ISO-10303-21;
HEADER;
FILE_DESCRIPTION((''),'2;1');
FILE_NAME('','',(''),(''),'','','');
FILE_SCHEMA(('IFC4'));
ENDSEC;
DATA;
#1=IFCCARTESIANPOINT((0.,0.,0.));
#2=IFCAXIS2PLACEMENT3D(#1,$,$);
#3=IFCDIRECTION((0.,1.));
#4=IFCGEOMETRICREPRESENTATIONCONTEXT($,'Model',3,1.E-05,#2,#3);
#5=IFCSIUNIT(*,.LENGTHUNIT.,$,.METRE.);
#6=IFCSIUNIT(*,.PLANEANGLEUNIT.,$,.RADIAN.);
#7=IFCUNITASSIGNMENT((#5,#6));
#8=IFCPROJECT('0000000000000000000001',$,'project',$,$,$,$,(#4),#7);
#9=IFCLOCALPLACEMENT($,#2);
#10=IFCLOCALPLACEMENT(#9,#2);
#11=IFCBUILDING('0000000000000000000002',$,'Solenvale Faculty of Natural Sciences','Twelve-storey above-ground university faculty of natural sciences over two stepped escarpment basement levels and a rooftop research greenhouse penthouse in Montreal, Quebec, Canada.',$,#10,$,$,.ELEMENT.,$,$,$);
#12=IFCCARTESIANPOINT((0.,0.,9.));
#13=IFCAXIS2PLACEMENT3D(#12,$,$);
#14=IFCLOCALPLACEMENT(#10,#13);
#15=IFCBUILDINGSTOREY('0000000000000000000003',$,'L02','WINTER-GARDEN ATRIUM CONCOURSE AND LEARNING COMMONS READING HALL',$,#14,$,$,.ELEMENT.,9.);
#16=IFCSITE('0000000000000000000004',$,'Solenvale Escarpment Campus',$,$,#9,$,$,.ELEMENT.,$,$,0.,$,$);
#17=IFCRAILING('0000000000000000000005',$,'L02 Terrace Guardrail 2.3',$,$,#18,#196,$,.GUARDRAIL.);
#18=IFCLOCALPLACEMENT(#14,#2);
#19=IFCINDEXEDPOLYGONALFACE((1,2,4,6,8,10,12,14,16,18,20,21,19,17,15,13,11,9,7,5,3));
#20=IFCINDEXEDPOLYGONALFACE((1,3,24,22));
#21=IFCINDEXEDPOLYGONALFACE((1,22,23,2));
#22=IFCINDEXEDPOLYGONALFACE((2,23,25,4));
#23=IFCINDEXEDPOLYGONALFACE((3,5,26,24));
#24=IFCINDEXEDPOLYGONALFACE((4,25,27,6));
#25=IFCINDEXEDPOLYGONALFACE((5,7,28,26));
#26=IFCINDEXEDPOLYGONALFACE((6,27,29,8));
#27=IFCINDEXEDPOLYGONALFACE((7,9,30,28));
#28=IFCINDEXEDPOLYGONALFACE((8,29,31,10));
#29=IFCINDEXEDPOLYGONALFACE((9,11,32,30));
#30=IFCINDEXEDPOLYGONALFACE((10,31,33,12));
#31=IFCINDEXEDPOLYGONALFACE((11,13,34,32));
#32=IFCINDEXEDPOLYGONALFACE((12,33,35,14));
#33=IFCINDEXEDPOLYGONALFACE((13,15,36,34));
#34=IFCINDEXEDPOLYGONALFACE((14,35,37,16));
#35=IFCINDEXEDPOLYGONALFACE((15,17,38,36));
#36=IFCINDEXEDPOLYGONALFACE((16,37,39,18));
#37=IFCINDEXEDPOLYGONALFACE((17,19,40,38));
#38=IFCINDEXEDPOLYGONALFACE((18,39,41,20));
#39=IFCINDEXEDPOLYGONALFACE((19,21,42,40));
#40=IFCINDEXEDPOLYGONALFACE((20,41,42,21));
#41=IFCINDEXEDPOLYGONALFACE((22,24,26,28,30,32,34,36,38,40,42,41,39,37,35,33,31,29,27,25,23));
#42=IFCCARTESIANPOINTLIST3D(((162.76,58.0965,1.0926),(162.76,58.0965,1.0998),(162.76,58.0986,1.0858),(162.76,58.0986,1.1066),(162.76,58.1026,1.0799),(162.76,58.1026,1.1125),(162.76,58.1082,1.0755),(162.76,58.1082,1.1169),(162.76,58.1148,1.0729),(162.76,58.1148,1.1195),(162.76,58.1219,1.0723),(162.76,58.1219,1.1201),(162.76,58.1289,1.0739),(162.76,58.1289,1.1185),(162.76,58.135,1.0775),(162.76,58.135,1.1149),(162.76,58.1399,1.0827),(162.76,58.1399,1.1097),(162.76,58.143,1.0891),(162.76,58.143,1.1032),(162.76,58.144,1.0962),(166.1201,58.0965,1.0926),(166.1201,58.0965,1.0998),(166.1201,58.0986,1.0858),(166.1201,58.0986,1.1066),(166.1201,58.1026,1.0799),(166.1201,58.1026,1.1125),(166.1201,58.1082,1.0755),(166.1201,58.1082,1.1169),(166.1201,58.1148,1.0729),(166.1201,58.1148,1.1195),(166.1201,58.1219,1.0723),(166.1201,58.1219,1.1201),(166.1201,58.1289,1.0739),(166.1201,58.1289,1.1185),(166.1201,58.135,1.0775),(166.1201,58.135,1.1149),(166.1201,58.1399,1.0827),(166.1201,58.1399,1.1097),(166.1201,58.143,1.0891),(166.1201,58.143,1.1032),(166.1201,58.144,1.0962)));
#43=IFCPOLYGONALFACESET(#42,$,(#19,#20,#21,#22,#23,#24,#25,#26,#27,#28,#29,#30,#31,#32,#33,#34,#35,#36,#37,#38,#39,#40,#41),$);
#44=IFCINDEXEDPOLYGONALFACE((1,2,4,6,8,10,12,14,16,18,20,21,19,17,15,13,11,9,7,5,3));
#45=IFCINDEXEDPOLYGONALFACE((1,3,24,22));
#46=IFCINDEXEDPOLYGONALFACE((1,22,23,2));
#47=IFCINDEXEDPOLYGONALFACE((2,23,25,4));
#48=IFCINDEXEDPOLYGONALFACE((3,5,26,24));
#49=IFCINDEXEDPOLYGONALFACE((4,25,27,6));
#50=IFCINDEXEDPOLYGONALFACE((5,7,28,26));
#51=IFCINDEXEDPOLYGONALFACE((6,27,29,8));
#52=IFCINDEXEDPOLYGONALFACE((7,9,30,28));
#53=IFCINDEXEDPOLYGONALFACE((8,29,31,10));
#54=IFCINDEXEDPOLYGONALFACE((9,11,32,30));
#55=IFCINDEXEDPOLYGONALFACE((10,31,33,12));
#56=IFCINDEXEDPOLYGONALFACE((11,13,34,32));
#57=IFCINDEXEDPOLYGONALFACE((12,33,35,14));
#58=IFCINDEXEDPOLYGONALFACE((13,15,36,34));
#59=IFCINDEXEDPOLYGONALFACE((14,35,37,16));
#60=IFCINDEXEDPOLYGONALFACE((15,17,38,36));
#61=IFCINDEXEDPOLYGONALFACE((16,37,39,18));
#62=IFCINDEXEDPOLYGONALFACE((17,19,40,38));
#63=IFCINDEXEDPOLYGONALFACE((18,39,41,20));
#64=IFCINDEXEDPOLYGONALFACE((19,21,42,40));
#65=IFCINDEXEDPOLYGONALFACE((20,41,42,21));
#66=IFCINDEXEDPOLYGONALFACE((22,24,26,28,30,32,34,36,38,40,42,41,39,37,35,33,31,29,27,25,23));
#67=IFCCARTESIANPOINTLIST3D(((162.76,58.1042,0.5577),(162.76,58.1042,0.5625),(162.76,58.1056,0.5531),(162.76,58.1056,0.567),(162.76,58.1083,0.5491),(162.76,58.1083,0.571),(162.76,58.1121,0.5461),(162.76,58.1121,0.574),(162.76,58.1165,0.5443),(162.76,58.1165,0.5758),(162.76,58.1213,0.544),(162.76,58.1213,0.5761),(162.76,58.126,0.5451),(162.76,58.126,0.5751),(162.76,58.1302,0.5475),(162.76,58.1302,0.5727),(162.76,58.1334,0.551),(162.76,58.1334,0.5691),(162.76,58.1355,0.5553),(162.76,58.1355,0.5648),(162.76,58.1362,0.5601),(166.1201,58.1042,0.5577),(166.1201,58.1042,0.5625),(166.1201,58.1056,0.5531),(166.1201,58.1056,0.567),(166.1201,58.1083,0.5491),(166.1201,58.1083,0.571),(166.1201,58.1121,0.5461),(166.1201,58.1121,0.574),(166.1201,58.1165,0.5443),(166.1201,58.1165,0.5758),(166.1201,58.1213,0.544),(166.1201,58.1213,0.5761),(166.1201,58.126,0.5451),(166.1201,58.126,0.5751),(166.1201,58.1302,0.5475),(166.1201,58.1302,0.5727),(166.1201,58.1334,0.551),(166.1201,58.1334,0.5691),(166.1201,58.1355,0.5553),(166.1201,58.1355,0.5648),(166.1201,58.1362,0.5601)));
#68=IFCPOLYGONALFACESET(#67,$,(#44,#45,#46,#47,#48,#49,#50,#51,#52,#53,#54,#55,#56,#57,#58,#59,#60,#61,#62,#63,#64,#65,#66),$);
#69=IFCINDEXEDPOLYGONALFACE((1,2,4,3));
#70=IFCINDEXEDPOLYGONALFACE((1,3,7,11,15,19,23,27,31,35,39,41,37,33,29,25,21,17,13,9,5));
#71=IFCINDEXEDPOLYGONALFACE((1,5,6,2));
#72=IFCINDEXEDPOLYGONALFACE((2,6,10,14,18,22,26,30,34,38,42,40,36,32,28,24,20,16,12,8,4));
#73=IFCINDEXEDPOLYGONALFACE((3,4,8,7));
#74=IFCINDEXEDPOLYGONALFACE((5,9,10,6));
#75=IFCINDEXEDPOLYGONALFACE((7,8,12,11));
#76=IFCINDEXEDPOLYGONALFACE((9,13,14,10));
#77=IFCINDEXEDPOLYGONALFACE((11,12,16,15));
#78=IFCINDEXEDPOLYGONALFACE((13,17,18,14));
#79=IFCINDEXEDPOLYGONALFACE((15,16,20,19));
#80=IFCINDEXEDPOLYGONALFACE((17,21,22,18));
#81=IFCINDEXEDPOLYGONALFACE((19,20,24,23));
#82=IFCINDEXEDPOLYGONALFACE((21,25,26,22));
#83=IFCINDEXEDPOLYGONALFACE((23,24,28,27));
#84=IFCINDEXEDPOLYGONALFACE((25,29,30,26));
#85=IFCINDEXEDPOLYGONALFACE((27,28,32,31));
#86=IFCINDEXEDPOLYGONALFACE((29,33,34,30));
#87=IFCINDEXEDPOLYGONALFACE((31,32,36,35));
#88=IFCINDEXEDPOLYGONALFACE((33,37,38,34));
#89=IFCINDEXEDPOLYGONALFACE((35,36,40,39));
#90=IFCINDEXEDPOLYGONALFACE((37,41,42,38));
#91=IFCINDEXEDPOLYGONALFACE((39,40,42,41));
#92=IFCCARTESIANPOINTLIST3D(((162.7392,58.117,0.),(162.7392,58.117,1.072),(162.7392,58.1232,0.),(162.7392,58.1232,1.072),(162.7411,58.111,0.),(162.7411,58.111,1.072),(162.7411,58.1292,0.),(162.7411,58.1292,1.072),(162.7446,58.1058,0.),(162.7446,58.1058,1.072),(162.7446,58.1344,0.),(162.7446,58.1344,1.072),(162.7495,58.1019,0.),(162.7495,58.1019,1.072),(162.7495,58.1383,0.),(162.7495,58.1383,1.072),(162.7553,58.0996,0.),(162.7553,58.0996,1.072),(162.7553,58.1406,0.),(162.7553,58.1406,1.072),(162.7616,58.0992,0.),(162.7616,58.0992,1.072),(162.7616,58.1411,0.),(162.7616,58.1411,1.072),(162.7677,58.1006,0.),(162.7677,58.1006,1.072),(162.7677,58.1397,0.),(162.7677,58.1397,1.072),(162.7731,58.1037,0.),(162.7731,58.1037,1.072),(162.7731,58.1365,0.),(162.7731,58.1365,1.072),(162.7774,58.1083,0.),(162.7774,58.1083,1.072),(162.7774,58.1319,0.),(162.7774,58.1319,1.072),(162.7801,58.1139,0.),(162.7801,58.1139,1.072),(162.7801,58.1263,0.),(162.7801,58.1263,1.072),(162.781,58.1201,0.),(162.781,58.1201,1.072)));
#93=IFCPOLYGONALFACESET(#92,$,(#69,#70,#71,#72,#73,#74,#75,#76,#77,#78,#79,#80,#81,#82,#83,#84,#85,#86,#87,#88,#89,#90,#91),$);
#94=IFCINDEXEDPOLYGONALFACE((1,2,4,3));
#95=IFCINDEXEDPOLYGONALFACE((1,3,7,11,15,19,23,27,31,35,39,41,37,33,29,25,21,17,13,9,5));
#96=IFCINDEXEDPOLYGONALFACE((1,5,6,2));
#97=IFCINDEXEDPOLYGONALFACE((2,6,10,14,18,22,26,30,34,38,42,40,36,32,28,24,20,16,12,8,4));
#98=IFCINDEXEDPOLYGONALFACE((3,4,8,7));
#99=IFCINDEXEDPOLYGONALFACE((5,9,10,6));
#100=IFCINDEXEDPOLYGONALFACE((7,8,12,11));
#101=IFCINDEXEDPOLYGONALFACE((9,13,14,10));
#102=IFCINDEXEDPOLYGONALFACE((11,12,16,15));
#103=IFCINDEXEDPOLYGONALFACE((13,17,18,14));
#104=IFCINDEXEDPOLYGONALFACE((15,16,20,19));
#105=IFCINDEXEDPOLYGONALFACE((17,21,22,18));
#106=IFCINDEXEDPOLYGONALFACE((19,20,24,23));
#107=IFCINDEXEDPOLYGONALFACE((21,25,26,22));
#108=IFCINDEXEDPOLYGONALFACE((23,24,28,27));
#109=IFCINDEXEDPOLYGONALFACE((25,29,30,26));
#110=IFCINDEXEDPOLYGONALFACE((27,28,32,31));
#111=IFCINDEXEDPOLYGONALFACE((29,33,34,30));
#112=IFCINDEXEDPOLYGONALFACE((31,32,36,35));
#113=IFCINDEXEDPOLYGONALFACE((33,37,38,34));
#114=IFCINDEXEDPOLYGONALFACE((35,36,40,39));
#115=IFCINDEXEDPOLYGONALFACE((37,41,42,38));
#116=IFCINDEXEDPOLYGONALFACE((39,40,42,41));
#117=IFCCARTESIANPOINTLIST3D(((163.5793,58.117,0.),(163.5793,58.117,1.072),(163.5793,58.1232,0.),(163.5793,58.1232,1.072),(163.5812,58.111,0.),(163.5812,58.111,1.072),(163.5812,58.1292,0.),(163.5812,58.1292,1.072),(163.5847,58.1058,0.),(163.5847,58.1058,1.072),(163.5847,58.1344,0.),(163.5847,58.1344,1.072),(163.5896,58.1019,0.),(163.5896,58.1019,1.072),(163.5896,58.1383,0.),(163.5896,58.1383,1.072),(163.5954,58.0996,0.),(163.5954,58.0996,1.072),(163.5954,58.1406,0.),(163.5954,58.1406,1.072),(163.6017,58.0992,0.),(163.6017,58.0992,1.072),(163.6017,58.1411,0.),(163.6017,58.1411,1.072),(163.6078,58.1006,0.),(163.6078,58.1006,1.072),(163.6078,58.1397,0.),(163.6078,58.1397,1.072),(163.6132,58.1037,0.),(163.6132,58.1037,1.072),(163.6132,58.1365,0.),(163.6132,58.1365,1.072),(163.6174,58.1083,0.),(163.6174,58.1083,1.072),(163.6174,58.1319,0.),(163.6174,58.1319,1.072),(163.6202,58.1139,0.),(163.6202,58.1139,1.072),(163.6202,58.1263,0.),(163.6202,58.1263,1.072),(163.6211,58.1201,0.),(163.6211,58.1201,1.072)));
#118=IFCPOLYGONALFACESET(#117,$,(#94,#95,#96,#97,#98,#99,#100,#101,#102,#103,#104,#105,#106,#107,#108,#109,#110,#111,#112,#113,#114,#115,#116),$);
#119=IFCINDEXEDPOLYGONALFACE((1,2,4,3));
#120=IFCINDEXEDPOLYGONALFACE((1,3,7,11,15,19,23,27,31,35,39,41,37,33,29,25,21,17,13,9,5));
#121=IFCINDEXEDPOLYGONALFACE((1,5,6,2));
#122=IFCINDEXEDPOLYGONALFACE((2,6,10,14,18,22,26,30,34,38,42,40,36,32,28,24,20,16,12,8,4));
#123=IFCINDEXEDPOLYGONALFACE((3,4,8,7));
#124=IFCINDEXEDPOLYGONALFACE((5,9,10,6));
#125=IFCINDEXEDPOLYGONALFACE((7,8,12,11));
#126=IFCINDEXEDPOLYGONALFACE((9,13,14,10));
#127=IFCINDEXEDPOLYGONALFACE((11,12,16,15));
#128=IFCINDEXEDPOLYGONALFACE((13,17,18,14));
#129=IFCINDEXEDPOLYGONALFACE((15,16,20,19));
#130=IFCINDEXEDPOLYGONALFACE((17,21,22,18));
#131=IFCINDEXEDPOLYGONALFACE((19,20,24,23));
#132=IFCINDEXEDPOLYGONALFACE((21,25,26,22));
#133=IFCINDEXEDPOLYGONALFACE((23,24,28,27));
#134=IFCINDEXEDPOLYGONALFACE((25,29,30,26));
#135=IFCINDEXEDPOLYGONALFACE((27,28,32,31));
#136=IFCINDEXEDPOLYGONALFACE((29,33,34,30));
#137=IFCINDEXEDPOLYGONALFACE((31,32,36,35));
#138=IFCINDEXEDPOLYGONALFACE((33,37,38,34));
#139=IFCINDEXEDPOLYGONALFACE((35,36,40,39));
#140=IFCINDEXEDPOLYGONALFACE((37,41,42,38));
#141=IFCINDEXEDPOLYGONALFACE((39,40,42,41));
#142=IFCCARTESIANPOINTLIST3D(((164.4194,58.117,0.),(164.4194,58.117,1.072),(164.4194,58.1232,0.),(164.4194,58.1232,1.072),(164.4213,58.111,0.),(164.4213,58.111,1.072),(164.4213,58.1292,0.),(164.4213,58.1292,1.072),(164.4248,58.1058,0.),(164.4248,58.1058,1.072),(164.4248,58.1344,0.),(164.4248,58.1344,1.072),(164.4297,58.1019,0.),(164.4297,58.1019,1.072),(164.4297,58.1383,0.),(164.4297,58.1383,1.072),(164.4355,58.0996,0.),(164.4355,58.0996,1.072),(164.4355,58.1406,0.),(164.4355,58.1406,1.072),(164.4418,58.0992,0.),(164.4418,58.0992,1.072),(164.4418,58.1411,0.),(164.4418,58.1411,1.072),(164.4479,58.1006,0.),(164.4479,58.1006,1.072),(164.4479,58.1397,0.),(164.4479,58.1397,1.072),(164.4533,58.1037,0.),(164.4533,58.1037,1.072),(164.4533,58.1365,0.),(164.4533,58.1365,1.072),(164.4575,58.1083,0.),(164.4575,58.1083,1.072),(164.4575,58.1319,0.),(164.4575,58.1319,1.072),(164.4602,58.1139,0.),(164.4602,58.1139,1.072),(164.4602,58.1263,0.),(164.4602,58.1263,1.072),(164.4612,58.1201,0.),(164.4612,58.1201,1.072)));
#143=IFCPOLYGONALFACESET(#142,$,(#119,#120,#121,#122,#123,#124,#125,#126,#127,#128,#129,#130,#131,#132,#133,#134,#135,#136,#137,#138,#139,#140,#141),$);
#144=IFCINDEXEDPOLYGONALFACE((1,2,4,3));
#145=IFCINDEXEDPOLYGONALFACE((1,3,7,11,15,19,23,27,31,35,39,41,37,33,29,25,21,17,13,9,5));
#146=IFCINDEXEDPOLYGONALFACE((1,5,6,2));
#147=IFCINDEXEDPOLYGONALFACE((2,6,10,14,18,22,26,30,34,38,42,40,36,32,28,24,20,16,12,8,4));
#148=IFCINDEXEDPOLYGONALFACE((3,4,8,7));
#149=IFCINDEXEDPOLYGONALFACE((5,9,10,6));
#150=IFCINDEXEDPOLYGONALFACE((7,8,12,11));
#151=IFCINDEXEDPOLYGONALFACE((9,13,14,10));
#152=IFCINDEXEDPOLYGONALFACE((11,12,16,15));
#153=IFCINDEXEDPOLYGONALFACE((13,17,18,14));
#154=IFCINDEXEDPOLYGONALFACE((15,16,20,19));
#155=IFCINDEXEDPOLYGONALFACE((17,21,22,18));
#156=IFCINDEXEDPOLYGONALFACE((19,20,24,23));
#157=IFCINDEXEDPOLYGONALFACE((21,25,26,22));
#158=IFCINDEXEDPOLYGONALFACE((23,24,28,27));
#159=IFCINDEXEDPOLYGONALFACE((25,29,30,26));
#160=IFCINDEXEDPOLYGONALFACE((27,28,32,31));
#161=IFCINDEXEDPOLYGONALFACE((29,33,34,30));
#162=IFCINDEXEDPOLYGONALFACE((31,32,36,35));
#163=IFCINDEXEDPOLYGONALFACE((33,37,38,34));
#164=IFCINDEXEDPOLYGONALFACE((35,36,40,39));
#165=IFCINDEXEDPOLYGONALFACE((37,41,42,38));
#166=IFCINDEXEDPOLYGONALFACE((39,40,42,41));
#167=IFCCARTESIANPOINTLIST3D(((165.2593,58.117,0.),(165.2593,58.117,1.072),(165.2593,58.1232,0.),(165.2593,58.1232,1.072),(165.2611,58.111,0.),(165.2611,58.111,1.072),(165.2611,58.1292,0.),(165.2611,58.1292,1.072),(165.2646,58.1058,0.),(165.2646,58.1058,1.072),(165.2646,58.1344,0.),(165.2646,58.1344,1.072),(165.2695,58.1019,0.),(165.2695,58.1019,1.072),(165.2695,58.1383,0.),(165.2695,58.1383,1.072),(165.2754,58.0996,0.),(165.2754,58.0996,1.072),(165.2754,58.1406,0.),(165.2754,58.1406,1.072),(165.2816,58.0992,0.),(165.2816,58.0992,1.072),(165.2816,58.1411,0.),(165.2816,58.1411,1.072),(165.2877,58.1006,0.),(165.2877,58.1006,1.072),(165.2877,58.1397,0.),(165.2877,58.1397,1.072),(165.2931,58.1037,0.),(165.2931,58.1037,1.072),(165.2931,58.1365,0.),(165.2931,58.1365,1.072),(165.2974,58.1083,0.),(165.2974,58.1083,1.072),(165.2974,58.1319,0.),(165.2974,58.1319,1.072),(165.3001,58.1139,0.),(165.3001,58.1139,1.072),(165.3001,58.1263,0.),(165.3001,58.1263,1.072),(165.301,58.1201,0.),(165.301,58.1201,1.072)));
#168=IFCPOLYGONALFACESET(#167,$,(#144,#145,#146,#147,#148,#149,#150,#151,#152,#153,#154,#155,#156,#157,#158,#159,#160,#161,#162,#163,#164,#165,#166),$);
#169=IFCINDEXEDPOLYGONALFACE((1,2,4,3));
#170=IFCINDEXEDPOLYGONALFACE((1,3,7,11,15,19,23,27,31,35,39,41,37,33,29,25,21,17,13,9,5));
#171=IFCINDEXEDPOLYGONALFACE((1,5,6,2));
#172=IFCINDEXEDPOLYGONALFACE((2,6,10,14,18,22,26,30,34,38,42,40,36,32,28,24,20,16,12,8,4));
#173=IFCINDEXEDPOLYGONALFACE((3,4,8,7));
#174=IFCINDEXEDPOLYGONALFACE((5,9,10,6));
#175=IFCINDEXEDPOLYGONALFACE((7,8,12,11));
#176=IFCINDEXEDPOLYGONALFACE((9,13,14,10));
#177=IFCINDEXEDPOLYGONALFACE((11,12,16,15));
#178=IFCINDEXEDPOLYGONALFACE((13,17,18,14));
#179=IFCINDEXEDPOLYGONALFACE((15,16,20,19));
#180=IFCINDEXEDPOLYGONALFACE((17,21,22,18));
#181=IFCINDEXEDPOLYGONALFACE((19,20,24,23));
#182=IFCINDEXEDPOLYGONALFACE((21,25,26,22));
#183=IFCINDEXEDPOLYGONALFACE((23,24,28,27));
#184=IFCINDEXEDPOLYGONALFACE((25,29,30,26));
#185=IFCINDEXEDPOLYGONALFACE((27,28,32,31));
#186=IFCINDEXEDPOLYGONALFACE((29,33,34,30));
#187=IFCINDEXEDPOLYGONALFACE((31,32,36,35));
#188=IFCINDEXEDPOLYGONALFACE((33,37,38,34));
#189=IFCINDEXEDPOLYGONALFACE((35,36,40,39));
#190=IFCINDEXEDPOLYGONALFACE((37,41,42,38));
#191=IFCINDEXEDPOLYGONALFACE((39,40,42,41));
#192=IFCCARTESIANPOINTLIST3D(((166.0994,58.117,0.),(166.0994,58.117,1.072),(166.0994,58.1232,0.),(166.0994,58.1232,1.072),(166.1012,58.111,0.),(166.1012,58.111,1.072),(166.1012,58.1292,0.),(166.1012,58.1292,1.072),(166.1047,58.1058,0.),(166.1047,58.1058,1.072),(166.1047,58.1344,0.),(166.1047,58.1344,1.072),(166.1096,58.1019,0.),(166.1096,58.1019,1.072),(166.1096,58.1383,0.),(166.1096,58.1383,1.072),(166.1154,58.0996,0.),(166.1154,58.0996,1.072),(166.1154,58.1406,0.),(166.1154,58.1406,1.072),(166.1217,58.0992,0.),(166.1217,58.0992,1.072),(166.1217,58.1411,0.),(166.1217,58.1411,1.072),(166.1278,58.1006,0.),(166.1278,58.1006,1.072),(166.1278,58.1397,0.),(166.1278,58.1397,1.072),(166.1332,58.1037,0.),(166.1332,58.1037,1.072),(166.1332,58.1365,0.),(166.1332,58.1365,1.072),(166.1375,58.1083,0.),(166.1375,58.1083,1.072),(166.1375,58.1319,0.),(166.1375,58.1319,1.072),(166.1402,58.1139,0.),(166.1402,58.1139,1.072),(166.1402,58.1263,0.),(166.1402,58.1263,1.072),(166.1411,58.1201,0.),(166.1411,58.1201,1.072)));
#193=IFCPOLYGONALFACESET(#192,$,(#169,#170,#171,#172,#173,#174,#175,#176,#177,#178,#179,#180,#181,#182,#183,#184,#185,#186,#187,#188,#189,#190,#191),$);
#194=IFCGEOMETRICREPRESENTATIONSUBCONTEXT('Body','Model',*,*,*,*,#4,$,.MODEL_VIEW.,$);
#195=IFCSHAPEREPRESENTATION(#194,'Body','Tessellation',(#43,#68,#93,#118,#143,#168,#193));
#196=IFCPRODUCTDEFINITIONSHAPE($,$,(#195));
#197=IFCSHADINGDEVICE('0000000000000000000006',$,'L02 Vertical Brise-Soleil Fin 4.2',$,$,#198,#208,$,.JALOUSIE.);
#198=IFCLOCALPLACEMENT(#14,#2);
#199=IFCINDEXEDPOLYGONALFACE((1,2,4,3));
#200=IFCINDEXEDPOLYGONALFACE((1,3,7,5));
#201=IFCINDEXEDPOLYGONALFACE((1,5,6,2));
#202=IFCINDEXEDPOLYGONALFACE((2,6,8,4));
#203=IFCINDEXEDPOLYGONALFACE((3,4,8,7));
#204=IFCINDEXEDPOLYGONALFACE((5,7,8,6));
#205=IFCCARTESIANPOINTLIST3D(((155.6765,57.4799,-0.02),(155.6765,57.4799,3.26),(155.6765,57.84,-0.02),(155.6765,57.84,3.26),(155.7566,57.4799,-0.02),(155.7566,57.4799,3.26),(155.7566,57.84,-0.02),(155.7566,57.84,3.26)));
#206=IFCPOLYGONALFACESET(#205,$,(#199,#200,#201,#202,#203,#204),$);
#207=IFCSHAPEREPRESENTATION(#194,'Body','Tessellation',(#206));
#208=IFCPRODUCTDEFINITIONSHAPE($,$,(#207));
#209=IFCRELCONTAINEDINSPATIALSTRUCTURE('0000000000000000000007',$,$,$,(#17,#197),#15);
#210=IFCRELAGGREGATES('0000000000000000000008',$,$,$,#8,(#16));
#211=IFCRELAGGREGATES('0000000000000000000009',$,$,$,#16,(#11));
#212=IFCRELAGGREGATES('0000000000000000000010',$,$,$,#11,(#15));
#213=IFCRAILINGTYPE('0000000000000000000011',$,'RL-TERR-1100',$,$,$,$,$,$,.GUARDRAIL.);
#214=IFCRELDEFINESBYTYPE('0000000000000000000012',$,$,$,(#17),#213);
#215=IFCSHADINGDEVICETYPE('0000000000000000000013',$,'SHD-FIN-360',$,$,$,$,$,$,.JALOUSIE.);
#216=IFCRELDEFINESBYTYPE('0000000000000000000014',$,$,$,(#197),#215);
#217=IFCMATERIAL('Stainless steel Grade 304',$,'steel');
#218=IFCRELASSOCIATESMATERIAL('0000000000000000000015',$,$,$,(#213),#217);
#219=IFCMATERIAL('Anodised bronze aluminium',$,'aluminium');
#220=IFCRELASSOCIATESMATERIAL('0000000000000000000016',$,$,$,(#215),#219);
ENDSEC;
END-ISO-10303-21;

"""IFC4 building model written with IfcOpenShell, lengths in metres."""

from ifc_helpers import new_model, si_unit, direction, frame, origin, origin_2d, place, context, subcontext, project, spatial, rectangle, circle, extrude, material, material_profile, profile_set, type_object, element, save


model = new_model("IFC4")

# Units and contexts
model_context = context("Model", 3, precision=1e-05, world=origin(), true_north=direction((0.0, 1.0)))
body_context = subcontext(model_context, "Body", "Model", "MODEL_VIEW")
ifc_project = project(units=[si_unit("LENGTHUNIT", "METRE"), si_unit("PLANEANGLEUNIT", "RADIAN")], contexts=[model_context])

# Site, building, storey
site_placement = place(None, origin())
site = spatial("IfcSite", under=ifc_project, at=site_placement, Name="Solenvale Escarpment Campus", CompositionType="ELEMENT", RefElevation=0.0)
building_placement = place(site_placement, origin())
building = spatial("IfcBuilding", under=site, at=building_placement, Name="Solenvale Faculty of Natural Sciences", Description="Twelve-storey above-ground university faculty of natural sciences over two stepped escarpment basement levels and a rooftop research greenhouse penthouse in Montreal, Quebec, Canada.", CompositionType="ELEMENT")
storey_placement = place(building_placement, frame((0.0, 0.0, 9.0)))
storey = spatial("IfcBuildingStorey", under=building, at=storey_placement, Name="L02", Description="WINTER-GARDEN ATRIUM CONCOURSE AND LEARNING COMMONS READING HALL", CompositionType="ELEMENT", Elevation=9.0)

# Shared definitions
ifc_material_1 = material(Name="Anodised bronze aluminium", Category="aluminium")

# Railing
ifc_material_2 = material(Name="Stainless steel Grade 304", Category="steel")
railing_type = type_object("IfcRailingType", Name="RL-TERR-1100", PredefinedType="GUARDRAIL", material=ifc_material_2)
railing_1_placement = place(storey_placement, frame((162.76, 58.1201, 0.0)))
element("IfcRailing", 1, at=railing_1_placement, inside=storey, type_object=railing_type, Name="L02 Terrace Guardrail 2.3", PredefinedType="GUARDRAIL", context=body_context, shape_type="SweptSolid", body=[
    extrude(circle(Radius=0.0239, at=origin_2d()), frame((0.0, 0.0, 1.0962), z_axis=(1.0, 0.0, 0.0), x_axis=(0.0, 1.0, 0.0)), (0.0, 0.0, 1.0), 3.3601),
    extrude(circle(Radius=0.0161, at=origin_2d()), frame((0.0, 0.0, 0.5601), z_axis=(1.0, 0.0, 0.0), x_axis=(0.0, 1.0, 0.0)), (0.0, 0.0, 1.0), 3.3601),
    extrude(circle(Radius=0.021, at=origin_2d()), origin(), (0.0, 0.0, 1.0), 1.072),
    extrude(circle(Radius=0.021, at=origin_2d()), frame((0.8401, 0.0, 0.0)), (0.0, 0.0, 1.0), 1.072),
    extrude(circle(Radius=0.021, at=origin_2d()), frame((1.6802, 0.0, 0.0)), (0.0, 0.0, 1.0), 1.072),
    extrude(circle(Radius=0.021, at=origin_2d()), frame((2.52, 0.0, 0.0)), (0.0, 0.0, 1.0), 1.072),
    extrude(circle(Radius=0.021, at=origin_2d()), frame((3.3601, 0.0, 0.0)), (0.0, 0.0, 1.0), 1.072),
])

# Shading device
ifc_material_profile_1 = material_profile(ifc_material_1, rectangle(XDim=0.0801, YDim=0.3601, at=origin_2d()), Name="ALU-FIN-80x360")
ifc_profile_set_1 = profile_set([ifc_material_profile_1], Name="Anodised bronze aluminium")
shading_device_type = type_object("IfcShadingDeviceType", Name="SHD-FIN-360", PredefinedType="JALOUSIE", material=ifc_profile_set_1)
for number, where, z_axis, x_axis, name in (
    (2, (155.7166, 57.6599, -0.02), (0.0, 0.0, 1.0), (1.0, 0.0, 0.0), "L02 Vertical Brise-Soleil Fin 4.2"),
):
    element("IfcShadingDevice", number, at=place(storey_placement, frame(where, z_axis=z_axis, x_axis=x_axis)), inside=storey, type_object=shading_device_type, Name=name, PredefinedType="JALOUSIE", context=body_context, shape_type="SweptSolid", body=[
        extrude(rectangle(XDim=0.0801, YDim=0.3601, at=origin_2d()), origin(), (0.0, 0.0, 1.0), 3.28),
    ])

save(model, "model.ifc")
